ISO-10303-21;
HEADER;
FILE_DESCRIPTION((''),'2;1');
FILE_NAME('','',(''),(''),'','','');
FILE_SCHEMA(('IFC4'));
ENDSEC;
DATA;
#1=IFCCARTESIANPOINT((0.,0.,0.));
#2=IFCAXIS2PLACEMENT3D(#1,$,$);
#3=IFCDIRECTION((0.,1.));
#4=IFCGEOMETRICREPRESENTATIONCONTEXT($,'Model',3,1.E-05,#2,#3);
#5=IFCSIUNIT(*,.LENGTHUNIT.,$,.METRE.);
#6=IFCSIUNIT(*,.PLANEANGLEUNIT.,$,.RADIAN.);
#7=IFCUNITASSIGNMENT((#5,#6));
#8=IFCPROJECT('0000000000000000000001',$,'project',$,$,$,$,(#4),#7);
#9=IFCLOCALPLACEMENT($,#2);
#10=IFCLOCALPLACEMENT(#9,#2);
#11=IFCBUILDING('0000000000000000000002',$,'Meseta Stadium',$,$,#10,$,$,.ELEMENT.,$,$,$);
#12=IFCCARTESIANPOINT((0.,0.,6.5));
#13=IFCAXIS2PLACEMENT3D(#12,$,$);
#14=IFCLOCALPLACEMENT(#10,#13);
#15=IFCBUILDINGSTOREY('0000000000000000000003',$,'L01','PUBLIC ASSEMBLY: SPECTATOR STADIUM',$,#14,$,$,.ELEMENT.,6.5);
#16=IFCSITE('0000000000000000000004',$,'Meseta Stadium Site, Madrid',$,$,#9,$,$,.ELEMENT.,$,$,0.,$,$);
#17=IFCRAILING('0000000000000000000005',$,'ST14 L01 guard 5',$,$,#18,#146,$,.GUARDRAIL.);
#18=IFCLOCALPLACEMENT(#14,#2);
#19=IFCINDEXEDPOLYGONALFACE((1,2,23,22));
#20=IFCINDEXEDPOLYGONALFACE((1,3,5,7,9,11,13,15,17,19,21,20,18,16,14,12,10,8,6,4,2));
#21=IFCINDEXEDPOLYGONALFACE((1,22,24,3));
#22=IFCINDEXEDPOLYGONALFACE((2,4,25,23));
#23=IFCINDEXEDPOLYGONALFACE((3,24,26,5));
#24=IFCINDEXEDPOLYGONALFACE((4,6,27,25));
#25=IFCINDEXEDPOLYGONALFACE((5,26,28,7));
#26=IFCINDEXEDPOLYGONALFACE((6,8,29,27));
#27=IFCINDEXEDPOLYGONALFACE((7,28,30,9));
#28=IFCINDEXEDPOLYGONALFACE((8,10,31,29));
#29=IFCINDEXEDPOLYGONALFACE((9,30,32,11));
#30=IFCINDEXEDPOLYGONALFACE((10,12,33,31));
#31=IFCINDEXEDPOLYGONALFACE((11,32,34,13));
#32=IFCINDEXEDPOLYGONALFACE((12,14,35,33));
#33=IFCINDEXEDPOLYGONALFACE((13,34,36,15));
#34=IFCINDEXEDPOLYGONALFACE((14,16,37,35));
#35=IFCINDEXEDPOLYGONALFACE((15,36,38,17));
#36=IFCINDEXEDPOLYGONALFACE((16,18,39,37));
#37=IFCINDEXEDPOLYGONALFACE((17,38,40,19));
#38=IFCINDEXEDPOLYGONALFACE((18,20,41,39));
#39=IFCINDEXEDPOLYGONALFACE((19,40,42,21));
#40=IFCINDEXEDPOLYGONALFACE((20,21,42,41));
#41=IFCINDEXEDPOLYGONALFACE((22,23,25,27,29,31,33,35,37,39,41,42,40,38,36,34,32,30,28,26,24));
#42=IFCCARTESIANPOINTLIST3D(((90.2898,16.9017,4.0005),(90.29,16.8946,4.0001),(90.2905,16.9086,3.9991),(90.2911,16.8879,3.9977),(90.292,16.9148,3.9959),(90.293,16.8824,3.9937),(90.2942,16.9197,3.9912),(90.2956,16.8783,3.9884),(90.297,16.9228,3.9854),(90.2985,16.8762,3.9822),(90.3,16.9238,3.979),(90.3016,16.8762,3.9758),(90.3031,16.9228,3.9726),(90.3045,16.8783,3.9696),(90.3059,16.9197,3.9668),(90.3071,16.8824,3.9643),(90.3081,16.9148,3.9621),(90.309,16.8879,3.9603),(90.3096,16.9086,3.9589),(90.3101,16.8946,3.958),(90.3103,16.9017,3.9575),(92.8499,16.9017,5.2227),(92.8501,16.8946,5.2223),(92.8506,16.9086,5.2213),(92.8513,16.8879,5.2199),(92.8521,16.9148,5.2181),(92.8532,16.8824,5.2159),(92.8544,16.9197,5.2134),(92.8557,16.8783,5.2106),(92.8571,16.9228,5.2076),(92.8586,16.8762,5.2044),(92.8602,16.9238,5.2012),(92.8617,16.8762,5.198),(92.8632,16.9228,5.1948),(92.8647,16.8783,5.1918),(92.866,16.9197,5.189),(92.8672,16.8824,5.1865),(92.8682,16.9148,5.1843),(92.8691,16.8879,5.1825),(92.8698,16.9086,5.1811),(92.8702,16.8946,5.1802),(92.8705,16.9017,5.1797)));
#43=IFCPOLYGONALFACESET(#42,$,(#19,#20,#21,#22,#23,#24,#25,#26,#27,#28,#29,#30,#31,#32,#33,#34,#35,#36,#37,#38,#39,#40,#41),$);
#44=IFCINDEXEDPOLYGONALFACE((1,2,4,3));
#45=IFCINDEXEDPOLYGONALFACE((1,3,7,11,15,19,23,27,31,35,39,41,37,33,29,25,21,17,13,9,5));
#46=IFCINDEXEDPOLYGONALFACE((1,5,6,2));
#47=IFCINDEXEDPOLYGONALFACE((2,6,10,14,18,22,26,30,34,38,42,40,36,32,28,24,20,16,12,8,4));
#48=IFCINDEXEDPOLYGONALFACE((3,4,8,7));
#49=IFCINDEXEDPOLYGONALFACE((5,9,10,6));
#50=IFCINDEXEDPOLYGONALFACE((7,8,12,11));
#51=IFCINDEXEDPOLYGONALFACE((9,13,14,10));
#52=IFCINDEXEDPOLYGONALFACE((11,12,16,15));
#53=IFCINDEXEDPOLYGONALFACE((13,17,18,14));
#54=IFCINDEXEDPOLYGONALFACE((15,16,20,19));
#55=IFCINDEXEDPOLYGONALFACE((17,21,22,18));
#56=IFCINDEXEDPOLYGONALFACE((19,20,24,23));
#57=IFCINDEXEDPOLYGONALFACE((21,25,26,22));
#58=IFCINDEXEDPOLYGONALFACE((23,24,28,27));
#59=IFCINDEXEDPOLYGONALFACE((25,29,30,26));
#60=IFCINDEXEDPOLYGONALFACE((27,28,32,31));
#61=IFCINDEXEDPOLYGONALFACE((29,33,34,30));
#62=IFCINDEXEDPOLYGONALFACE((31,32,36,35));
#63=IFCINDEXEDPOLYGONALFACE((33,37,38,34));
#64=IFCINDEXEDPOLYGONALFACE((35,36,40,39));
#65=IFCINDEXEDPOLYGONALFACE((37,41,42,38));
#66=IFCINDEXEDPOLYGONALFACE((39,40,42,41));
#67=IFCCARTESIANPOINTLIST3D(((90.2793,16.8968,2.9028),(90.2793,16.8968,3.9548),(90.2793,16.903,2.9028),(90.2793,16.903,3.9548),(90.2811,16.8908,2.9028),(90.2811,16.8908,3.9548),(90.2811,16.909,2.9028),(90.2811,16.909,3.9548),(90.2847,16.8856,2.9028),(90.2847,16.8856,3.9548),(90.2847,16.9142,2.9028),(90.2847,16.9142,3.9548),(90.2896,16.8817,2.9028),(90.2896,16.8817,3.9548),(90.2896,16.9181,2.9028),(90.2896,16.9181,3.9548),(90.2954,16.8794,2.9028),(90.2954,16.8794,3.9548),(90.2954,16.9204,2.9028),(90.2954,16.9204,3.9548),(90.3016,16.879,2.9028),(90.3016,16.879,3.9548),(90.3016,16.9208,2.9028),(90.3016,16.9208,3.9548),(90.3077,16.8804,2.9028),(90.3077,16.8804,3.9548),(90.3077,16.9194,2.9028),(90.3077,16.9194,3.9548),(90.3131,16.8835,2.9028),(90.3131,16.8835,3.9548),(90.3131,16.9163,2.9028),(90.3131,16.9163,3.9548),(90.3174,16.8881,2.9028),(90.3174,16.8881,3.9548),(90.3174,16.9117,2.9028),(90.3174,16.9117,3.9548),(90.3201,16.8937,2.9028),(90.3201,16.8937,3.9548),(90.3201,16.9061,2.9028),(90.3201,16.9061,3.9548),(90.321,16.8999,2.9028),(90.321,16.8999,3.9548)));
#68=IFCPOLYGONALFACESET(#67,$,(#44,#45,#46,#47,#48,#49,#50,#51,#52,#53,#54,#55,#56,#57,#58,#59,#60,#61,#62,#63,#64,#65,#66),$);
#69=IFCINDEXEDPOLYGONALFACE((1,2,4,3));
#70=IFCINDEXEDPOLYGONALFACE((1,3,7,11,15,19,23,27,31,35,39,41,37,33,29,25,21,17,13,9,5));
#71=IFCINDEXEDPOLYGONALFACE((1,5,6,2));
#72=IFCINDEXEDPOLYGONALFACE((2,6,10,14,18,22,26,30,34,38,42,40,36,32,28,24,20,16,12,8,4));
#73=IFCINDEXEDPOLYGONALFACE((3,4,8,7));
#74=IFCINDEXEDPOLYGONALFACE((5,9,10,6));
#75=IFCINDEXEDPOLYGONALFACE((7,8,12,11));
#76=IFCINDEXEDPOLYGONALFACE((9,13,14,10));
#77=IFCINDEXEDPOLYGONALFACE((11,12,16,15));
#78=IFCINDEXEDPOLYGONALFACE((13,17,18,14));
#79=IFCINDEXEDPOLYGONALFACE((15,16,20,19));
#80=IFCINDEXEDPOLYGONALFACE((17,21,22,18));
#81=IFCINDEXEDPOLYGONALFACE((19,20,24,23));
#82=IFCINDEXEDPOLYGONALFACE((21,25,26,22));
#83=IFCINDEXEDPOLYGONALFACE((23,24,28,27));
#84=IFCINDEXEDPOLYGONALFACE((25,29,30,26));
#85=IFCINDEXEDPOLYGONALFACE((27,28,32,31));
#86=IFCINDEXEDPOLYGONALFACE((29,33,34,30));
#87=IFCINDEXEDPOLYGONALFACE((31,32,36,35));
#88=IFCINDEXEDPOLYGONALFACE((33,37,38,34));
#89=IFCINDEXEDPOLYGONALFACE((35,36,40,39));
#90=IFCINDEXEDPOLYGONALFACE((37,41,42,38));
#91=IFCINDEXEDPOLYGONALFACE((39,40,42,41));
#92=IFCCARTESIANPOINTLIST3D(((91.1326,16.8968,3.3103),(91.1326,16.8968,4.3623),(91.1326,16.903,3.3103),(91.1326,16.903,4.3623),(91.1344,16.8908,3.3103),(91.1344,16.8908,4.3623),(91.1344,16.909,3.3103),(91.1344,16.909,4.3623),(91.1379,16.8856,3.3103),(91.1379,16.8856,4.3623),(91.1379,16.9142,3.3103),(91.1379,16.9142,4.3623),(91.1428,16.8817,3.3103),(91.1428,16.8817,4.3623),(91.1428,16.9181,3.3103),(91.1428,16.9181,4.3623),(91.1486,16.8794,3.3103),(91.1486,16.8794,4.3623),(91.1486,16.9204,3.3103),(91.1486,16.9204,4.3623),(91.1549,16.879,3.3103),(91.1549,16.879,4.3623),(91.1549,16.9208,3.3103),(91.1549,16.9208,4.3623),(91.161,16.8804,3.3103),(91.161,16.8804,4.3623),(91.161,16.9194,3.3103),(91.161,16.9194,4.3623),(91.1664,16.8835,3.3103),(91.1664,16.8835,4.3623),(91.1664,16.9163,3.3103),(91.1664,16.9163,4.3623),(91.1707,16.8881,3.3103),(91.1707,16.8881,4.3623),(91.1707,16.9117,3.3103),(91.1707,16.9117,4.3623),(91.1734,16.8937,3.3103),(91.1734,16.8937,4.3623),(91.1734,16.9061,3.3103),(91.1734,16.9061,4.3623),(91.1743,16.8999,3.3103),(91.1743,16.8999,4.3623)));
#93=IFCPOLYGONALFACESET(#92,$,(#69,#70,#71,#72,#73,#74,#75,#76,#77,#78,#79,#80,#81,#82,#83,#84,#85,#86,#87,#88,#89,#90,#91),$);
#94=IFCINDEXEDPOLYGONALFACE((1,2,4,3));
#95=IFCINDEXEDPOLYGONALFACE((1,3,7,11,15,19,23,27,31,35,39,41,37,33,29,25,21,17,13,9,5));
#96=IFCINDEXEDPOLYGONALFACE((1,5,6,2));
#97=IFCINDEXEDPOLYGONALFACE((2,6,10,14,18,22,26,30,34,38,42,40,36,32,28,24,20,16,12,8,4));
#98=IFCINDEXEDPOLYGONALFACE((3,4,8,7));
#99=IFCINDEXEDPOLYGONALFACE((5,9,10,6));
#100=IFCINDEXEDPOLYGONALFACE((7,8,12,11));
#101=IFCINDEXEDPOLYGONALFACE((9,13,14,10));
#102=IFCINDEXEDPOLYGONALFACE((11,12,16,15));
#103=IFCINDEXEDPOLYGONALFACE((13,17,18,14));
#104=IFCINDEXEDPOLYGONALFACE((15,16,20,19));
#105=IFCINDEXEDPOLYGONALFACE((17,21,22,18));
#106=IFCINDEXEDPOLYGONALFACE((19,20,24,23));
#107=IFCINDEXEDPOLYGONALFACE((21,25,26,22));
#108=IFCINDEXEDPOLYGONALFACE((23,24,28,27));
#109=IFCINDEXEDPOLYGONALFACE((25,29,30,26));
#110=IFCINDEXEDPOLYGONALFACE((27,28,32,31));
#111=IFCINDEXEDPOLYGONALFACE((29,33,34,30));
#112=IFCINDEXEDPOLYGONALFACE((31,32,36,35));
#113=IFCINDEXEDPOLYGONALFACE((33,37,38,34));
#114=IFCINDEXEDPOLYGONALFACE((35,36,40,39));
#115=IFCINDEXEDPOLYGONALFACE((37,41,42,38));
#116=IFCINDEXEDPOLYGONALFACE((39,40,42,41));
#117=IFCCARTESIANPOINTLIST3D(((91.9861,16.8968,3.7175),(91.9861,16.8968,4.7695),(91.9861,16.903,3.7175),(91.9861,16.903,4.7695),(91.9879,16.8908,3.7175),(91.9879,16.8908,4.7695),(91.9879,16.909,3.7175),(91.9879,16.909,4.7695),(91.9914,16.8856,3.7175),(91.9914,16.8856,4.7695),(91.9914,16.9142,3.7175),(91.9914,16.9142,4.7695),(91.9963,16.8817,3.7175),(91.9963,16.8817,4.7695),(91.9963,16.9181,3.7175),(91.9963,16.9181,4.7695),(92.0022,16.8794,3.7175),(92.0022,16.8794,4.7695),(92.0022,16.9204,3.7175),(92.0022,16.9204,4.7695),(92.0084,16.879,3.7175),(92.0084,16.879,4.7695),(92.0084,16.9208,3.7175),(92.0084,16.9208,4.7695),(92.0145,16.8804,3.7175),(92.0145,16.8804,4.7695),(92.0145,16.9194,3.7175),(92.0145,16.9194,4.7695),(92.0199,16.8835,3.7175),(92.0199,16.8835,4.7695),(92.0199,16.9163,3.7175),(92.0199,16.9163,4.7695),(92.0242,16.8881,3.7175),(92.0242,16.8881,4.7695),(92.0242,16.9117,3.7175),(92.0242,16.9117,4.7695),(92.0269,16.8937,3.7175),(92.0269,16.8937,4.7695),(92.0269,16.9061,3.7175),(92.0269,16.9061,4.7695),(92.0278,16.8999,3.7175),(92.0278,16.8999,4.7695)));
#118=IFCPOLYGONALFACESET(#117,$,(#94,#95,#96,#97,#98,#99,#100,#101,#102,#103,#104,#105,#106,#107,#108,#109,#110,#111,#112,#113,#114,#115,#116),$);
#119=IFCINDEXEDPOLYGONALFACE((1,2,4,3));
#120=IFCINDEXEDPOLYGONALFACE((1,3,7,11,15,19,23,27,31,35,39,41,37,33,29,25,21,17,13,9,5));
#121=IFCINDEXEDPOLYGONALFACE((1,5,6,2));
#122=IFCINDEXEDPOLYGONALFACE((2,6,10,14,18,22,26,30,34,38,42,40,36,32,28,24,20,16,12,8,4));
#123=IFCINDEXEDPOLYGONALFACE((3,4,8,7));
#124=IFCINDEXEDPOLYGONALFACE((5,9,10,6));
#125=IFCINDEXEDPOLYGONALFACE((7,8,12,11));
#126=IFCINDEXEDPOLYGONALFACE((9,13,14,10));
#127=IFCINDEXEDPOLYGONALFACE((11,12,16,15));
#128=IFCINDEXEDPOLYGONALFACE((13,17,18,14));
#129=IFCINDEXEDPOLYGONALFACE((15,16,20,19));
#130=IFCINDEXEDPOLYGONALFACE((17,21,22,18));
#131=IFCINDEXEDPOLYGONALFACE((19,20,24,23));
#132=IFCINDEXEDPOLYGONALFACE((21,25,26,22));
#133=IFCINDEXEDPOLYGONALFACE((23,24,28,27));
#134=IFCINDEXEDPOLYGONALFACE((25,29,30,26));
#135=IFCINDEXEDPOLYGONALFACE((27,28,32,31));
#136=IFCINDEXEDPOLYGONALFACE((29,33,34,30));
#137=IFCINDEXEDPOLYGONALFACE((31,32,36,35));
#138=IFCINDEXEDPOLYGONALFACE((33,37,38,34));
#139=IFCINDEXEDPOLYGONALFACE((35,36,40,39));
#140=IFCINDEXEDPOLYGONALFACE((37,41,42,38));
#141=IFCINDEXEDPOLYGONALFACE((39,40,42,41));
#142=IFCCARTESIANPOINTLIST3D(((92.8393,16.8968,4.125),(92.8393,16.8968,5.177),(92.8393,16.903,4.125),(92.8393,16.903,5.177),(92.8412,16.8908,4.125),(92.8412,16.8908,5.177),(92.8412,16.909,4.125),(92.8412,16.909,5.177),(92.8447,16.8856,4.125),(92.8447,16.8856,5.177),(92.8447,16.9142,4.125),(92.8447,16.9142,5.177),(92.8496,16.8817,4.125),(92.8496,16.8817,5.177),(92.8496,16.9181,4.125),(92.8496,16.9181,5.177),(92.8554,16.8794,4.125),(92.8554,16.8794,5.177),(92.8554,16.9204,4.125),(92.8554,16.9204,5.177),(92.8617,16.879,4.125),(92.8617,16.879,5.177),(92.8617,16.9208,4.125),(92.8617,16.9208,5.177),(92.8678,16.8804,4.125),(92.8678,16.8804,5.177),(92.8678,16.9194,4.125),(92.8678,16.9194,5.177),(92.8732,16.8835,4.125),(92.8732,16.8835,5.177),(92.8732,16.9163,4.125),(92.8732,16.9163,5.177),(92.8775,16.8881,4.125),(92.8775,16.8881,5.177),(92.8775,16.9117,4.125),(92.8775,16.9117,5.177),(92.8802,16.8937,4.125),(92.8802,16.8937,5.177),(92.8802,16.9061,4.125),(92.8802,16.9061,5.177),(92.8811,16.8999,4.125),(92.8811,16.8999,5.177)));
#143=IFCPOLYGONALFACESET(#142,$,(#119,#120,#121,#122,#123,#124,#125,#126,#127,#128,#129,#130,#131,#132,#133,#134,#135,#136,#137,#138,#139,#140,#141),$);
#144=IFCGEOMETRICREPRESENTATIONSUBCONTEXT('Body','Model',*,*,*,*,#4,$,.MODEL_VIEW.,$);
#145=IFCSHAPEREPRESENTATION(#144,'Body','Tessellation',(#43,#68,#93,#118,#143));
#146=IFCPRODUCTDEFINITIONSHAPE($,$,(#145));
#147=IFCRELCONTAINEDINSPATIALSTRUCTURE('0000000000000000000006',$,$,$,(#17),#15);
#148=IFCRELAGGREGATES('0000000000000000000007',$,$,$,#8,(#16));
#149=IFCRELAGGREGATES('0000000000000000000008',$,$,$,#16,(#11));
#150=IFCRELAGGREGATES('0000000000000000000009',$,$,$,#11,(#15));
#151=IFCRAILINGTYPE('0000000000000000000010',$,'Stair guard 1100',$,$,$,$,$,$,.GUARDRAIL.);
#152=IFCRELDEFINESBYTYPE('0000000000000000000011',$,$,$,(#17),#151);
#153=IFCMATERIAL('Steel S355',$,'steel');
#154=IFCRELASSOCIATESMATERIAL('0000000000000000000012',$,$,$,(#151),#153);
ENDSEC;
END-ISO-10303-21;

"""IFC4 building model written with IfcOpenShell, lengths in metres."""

from ifc_helpers import new_model, si_unit, direction, frame, origin, origin_2d, place, context, subcontext, project, spatial, circle, extrude, material, type_object, element, save


model = new_model("IFC4")

# Units and contexts
model_context = context("Model", 3, precision=1e-05, world=origin(), true_north=direction((0.0, 1.0)))
body_context = subcontext(model_context, "Body", "Model", "MODEL_VIEW")
ifc_project = project(units=[si_unit("LENGTHUNIT", "METRE"), si_unit("PLANEANGLEUNIT", "RADIAN")], contexts=[model_context])

# Site, building, storey
site_placement = place(None, origin())
site = spatial("IfcSite", under=ifc_project, at=site_placement, Name="Meseta Stadium Site, Madrid", CompositionType="ELEMENT", RefElevation=0.0)
building_placement = place(site_placement, origin())
building = spatial("IfcBuilding", under=site, at=building_placement, Name="Meseta Stadium", CompositionType="ELEMENT")
storey_placement = place(building_placement, frame((0.0, 0.0, 6.5)))
storey = spatial("IfcBuildingStorey", under=building, at=storey_placement, Name="L01", Description="PUBLIC ASSEMBLY: SPECTATOR STADIUM", CompositionType="ELEMENT", Elevation=6.5)

# Railing
ifc_material_1 = material(Name="Steel S355", Category="steel")
railing_type_1 = type_object("IfcRailingType", Name="Stair guard 1100", PredefinedType="GUARDRAIL", material=ifc_material_1)
railing_1_placement = place(storey_placement, frame((90.3, 16.8999, 2.9028)))
element("IfcRailing", 1, at=railing_1_placement, inside=storey, type_object=railing_type_1, Name="ST14 L01 guard 5", PredefinedType="GUARDRAIL", context=body_context, shape_type="SweptSolid", body=[
    extrude(circle(Radius=0.0239, at=origin_2d()), frame((0.0, 0.0, 1.0762), z_axis=(0.902437, 0.0, 0.430822), x_axis=(0.0, 1.0, 0.0)), (0.0, 0.0, 1.0), 2.8369),
    extrude(circle(Radius=0.021, at=origin_2d()), origin(), (0.0, 0.0, 1.0), 1.052),
    extrude(circle(Radius=0.021, at=origin_2d()), frame((0.8533, 0.0, 0.4075)), (0.0, 0.0, 1.0), 1.052),
    extrude(circle(Radius=0.021, at=origin_2d()), frame((1.7068, 0.0, 0.8147)), (0.0, 0.0, 1.0), 1.052),
    extrude(circle(Radius=0.021, at=origin_2d()), frame((2.5601, 0.0, 1.2222)), (0.0, 0.0, 1.0), 1.052),
])

save(model, "model.ifc")
